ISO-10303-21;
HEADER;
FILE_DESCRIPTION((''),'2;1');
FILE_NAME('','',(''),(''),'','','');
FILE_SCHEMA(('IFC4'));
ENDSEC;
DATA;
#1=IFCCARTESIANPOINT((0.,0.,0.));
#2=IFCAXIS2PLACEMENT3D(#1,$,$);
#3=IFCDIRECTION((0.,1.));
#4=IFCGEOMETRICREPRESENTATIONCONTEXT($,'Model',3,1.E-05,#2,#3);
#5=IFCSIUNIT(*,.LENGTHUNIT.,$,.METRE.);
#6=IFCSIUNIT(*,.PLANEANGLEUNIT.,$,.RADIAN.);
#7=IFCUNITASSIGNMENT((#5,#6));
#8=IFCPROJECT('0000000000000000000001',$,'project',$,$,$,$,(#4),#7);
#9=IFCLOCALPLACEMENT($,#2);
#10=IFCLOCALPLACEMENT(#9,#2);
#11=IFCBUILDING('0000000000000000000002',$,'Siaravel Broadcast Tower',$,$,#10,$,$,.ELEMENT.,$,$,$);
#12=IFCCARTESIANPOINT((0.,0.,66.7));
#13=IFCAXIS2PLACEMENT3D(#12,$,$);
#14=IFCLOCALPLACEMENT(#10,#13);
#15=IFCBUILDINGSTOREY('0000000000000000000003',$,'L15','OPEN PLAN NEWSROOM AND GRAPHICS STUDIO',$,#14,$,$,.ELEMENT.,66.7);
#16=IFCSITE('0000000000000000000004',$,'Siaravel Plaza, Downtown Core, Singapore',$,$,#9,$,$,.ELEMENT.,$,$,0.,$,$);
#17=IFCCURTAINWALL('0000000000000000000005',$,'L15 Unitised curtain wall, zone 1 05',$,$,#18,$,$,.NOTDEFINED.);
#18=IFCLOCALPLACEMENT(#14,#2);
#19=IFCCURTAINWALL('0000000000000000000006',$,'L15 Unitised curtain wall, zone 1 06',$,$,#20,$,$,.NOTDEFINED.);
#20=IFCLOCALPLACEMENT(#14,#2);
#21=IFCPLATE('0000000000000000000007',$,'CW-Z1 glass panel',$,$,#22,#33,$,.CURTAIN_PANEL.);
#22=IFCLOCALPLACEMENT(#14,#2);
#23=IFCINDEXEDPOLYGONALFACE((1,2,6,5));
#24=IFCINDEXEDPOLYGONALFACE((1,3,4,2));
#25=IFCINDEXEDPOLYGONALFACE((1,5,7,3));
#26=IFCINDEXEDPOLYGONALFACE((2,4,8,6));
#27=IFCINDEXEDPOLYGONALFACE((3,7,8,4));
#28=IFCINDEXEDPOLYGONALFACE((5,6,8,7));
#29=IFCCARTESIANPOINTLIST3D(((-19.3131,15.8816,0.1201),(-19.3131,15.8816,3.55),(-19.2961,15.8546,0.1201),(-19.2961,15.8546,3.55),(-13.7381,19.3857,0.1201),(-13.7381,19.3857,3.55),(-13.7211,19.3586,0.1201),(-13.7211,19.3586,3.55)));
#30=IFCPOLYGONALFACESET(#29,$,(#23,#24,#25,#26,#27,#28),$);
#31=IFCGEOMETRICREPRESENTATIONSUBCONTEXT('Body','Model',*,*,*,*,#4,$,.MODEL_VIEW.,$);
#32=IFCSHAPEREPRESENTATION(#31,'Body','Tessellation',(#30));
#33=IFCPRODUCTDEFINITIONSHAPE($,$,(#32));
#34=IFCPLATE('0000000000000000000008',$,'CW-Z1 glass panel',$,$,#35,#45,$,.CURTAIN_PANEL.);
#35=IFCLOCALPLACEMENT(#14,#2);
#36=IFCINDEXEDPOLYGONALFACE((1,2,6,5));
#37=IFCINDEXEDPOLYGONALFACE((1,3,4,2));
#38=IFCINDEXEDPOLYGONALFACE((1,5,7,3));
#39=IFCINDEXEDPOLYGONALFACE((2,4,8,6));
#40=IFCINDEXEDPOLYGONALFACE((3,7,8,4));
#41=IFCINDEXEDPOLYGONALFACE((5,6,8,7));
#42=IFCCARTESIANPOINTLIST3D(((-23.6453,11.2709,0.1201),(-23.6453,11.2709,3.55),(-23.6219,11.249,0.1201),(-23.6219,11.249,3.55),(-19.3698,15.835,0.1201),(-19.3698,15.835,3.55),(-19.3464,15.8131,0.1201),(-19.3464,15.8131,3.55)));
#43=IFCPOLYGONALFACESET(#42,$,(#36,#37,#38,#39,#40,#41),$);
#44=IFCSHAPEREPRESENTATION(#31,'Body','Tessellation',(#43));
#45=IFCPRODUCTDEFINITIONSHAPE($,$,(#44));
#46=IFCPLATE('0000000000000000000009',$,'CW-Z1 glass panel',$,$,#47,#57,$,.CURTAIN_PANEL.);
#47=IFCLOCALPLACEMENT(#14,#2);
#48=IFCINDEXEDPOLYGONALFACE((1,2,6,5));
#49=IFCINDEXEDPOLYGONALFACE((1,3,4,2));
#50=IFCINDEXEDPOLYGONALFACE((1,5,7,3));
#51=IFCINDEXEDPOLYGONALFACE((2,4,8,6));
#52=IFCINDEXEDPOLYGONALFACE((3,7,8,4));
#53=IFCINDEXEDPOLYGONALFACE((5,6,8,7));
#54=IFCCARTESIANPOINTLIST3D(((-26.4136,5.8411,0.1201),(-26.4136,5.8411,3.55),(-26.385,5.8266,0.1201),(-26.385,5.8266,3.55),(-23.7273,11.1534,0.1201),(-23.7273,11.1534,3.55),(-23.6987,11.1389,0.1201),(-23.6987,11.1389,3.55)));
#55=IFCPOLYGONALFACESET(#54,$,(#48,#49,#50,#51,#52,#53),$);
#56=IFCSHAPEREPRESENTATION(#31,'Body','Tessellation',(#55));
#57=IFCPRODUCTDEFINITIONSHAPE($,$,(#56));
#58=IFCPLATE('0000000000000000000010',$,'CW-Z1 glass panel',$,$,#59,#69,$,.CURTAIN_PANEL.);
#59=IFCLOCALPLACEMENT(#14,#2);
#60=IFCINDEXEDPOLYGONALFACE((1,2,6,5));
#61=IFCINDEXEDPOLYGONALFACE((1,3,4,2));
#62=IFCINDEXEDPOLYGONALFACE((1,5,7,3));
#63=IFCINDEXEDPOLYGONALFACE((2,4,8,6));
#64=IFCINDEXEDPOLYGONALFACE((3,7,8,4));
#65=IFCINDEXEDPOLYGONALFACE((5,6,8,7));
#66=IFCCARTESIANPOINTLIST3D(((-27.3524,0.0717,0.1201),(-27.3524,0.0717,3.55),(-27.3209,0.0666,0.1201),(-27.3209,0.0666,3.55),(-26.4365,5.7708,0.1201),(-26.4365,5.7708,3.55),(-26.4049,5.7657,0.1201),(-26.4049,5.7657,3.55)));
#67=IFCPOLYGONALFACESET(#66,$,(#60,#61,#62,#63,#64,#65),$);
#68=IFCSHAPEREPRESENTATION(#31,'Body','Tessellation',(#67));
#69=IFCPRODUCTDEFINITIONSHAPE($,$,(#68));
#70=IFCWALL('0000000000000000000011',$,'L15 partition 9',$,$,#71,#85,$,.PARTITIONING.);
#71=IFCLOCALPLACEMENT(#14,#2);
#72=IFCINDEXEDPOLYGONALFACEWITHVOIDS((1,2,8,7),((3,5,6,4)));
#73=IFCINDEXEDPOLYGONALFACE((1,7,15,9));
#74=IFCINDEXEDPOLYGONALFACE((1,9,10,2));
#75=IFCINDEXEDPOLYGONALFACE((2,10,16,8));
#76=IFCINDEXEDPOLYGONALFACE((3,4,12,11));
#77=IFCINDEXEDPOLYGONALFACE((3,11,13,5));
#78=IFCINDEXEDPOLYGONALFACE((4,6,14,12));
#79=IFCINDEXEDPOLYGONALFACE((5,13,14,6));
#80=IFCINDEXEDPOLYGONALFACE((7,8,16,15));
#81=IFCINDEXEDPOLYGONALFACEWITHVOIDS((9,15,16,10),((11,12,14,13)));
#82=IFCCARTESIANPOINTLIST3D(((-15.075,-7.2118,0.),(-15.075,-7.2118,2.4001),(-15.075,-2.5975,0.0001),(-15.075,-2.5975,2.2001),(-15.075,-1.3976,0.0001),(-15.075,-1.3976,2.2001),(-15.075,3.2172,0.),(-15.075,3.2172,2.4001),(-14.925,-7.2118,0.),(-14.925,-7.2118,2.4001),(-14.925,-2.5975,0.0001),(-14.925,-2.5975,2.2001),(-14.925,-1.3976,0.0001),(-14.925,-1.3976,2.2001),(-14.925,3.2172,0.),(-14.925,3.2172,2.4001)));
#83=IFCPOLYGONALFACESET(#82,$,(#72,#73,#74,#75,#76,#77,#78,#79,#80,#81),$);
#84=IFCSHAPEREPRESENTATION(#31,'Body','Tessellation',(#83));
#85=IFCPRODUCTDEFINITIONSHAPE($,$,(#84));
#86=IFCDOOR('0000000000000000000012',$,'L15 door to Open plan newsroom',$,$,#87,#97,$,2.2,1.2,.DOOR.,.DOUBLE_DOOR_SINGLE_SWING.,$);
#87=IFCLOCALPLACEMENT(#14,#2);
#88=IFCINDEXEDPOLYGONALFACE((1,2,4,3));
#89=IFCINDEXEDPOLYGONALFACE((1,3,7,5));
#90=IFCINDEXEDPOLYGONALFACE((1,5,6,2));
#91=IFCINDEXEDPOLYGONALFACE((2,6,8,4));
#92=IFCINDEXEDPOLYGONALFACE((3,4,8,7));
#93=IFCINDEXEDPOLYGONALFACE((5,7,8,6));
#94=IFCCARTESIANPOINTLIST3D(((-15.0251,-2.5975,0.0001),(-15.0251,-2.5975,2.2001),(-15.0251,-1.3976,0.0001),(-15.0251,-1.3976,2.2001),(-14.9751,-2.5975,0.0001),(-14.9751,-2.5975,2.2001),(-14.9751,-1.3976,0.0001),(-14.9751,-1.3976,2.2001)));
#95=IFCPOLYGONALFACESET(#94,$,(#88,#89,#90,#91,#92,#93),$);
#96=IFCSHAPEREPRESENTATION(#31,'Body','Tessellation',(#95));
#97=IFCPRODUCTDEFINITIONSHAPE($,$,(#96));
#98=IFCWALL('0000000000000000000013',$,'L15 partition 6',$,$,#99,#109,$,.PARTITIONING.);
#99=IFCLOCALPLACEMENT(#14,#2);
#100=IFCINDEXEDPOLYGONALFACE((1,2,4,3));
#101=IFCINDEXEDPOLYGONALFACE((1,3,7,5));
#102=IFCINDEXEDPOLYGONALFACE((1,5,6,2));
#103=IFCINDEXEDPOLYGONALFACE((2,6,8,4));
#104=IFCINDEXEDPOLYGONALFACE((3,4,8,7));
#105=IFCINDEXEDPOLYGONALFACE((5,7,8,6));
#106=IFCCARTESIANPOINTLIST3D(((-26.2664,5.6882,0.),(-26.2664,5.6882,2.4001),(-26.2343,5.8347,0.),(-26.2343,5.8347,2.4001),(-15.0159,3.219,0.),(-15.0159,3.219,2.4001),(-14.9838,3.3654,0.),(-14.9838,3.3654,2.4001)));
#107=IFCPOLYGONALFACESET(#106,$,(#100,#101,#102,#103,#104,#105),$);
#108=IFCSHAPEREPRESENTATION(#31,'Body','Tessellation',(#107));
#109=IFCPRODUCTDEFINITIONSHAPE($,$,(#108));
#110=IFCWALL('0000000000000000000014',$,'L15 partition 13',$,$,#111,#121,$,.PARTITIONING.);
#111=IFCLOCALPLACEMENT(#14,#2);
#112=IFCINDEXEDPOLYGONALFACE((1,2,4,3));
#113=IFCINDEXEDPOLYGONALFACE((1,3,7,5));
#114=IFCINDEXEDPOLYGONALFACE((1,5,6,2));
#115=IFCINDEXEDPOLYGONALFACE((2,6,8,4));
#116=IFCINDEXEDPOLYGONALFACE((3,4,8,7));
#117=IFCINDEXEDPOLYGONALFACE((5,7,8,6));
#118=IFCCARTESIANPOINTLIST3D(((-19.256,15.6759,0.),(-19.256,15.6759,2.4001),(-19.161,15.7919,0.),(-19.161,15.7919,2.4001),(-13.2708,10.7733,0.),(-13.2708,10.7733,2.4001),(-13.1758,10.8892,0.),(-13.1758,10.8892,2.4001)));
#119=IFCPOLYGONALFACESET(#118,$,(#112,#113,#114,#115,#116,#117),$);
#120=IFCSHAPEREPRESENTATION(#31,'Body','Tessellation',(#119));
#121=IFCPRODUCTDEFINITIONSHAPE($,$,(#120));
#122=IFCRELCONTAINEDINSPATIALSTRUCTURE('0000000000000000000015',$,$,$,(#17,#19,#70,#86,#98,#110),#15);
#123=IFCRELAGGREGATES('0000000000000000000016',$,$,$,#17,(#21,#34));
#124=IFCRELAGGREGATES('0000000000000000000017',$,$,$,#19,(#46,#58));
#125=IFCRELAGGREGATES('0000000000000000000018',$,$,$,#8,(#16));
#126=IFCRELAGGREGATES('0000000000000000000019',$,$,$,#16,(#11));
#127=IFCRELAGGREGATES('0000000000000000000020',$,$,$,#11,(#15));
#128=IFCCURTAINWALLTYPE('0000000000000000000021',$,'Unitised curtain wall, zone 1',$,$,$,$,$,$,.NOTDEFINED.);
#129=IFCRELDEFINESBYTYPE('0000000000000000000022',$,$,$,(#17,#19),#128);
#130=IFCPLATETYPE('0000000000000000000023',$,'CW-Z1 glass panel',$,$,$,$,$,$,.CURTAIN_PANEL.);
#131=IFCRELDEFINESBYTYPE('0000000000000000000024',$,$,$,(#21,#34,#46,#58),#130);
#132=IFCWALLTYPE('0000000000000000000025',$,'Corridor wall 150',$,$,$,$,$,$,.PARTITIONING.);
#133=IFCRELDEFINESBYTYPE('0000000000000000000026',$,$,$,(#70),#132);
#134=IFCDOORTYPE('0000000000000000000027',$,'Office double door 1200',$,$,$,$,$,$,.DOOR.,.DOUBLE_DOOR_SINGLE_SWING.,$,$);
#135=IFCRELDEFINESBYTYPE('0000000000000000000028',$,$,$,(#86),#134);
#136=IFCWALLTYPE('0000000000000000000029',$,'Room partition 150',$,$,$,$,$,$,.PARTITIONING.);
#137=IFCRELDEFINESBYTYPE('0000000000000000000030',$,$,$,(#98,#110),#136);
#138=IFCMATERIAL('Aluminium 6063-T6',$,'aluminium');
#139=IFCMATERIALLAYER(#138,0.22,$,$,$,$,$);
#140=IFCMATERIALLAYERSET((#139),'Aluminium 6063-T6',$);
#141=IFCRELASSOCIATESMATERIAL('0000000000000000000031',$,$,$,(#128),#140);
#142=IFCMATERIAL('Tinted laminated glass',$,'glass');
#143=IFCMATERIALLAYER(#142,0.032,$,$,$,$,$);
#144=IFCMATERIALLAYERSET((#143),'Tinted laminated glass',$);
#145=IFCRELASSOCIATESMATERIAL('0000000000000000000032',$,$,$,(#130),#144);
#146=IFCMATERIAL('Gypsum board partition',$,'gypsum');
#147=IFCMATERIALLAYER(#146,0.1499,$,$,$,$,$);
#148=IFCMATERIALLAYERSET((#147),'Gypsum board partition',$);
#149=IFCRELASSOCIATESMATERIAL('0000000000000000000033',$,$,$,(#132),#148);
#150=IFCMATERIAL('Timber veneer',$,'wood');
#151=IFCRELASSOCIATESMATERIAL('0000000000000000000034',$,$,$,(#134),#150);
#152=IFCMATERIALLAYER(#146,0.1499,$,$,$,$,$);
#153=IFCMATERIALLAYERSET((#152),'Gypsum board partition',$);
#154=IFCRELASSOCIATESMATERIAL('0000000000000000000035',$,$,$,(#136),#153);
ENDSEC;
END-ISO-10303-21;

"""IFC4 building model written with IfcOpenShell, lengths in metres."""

from ifc_helpers import new_model, si_unit, direction, frame, frame_2d, origin, origin_2d, place, context, subcontext, project, spatial, rectangle, extrude, material, layer, layer_set, type_object, element, fill, aggregate, save


model = new_model("IFC4")

# Units and contexts
model_context = context("Model", 3, precision=1e-05, world=origin(), true_north=direction((0.0, 1.0)))
body_context = subcontext(model_context, "Body", "Model", "MODEL_VIEW")
ifc_project = project(units=[si_unit("LENGTHUNIT", "METRE"), si_unit("PLANEANGLEUNIT", "RADIAN")], contexts=[model_context])

# Site, building, storey
site_placement = place(None, origin())
site = spatial("IfcSite", under=ifc_project, at=site_placement, Name="Siaravel Plaza, Downtown Core, Singapore", CompositionType="ELEMENT", RefElevation=0.0)
building_placement = place(site_placement, origin())
building = spatial("IfcBuilding", under=site, at=building_placement, Name="Siaravel Broadcast Tower", CompositionType="ELEMENT")
storey_placement = place(building_placement, frame((0.0, 0.0, 66.7)))
storey = spatial("IfcBuildingStorey", under=building, at=storey_placement, Name="L15", Description="OPEN PLAN NEWSROOM AND GRAPHICS STUDIO", CompositionType="ELEMENT", Elevation=66.7)

# Curtain walls
ifc_material_1 = material(Name="Aluminium 6063-T6", Category="aluminium")
ifc_layer_1 = layer(ifc_material_1, 0.22)
ifc_layer_set_1 = layer_set([ifc_layer_1], Name="Aluminium 6063-T6")
curtain_wall_type = type_object("IfcCurtainWallType", Name="Unitised curtain wall, zone 1", PredefinedType="NOTDEFINED", material=ifc_layer_set_1)
curtain_wall_1_placement = place(storey_placement, origin())
curtain_wall_1 = element("IfcCurtainWall", 1, at=curtain_wall_1_placement, inside=storey, type_object=curtain_wall_type, Name="L15 Unitised curtain wall, zone 1 05", PredefinedType="NOTDEFINED")
curtain_wall_2_placement = place(storey_placement, origin())
curtain_wall_2 = element("IfcCurtainWall", 2, at=curtain_wall_2_placement, inside=storey, type_object=curtain_wall_type, Name="L15 Unitised curtain wall, zone 1 06", PredefinedType="NOTDEFINED")

# Plates
ifc_material_2 = material(Name="Tinted laminated glass", Category="glass")
ifc_layer_2 = layer(ifc_material_2, 0.032)
ifc_layer_set_2 = layer_set([ifc_layer_2], Name="Tinted laminated glass")
plate_type = type_object("IfcPlateType", Name="CW-Z1 glass panel", PredefinedType="CURTAIN_PANEL", material=ifc_layer_set_2)
plate_1_placement = place(storey_placement, frame((-16.5171, 17.6201, 0.1201), z_axis=(0.0, 0.0, 1.0), x_axis=(-0.846651, -0.532148, 0.0)))
plate_1 = element("IfcPlate", 3, at=plate_1_placement, type_object=plate_type, Name="CW-Z1 glass panel", PredefinedType="CURTAIN_PANEL", context=body_context, shape_type="SweptSolid", body=[
    extrude(rectangle(XDim=6.5847, YDim=0.032, at=origin_2d()), origin(), (0.0, 0.0, 1.0), 3.4299),
])
plate_2_placement = place(storey_placement, frame((-21.4958, 13.542, 0.1201), z_axis=(0.0, 0.0, 1.0), x_axis=(-0.683657, -0.729804, 0.0)))
plate_2 = element("IfcPlate", 4, at=plate_2_placement, type_object=plate_type, Name="CW-Z1 glass panel", PredefinedType="CURTAIN_PANEL", context=body_context, shape_type="SweptSolid", body=[
    extrude(rectangle(XDim=6.2539, YDim=0.032, at=origin_2d()), origin(), (0.0, 0.0, 1.0), 3.4299),
])
aggregate(curtain_wall_1, [plate_1, plate_2])
plate_3_placement = place(storey_placement, frame((-25.0562, 8.49, 0.1201), z_axis=(0.0, 0.0, 1.0), x_axis=(-0.451262, -0.892391, 0.0)))
plate_3 = element("IfcPlate", 5, at=plate_3_placement, type_object=plate_type, Name="CW-Z1 glass panel", PredefinedType="CURTAIN_PANEL", context=body_context, shape_type="SweptSolid", body=[
    extrude(rectangle(XDim=5.9529, YDim=0.032, at=origin_2d()), origin(), (0.0, 0.0, 1.0), 3.4299),
])
plate_4_placement = place(storey_placement, frame((-26.8787, 2.9187, 0.1201), z_axis=(0.0, 0.0, 1.0), x_axis=(-0.158686, -0.987329, 0.0)))
plate_4 = element("IfcPlate", 6, at=plate_4_placement, type_object=plate_type, Name="CW-Z1 glass panel", PredefinedType="CURTAIN_PANEL", context=body_context, shape_type="SweptSolid", body=[
    extrude(rectangle(XDim=5.7722, YDim=0.032, at=origin_2d()), origin(), (0.0, 0.0, 1.0), 3.4299),
])
aggregate(curtain_wall_2, [plate_3, plate_4])

# Wall, opening, door
ifc_material_3 = material(Name="Gypsum board partition", Category="gypsum")
ifc_layer_3 = layer(ifc_material_3, 0.1499)
ifc_layer_set_3 = layer_set([ifc_layer_3], Name="Gypsum board partition")
wall_type_1 = type_object("IfcWallType", Name="Corridor wall 150", PredefinedType="PARTITIONING", material=ifc_layer_set_3)
wall_1_placement = place(storey_placement, frame((-15.0, 3.217, 0.0), z_axis=(0.0, 0.0, 1.0), x_axis=(0.0, -1.0, 0.0)))
wall_1 = element("IfcWall", 7, at=wall_1_placement, inside=storey, type_object=wall_type_1, Name="L15 partition 9", PredefinedType="PARTITIONING", context=body_context, shape_type="SweptSolid", body=[
    extrude(rectangle(XDim=10.429, YDim=0.1499, at=frame_2d((5.2144, 0.0))), origin(), (0.0, 0.0, 1.0), 2.4001),
])
opening_1_placement = place(wall_1_placement, frame((4.6145, 0.0, 0.0)))
opening_1 = element("IfcOpeningElement", 8, at=opening_1_placement, cuts=wall_1, PredefinedType="OPENING", context=body_context, shape_type="SweptSolid", body=[
    extrude(rectangle(XDim=1.2, YDim=2.2, at=frame_2d((0.6001, 1.1001))), frame((0.0, 0.085, 0.0), z_axis=(0.0, -1.0, 0.0), x_axis=(1.0, 0.0, 0.0)), (0.0, 0.0, 1.0), 0.1699),
])
ifc_material_4 = material(Name="Timber veneer", Category="wood")
door_type_1 = type_object("IfcDoorType", Name="Office double door 1200", OperationType="DOUBLE_DOOR_SINGLE_SWING", PredefinedType="DOOR", material=ifc_material_4)
door_1_placement = place(opening_1_placement, origin())
door_1 = element("IfcDoor", 9, at=door_1_placement, inside=storey, type_object=door_type_1, Name="L15 door to Open plan newsroom", OperationType="DOUBLE_DOOR_SINGLE_SWING", OverallHeight=2.2, OverallWidth=1.2, PredefinedType="DOOR", context=body_context, shape_type="SweptSolid", body=[
    extrude(rectangle(XDim=1.2, YDim=2.2, at=frame_2d((0.6001, 1.1001))), frame((0.0, 0.0249, 0.0), z_axis=(0.0, -1.0, 0.0), x_axis=(1.0, 0.0, 0.0)), (0.0, 0.0, 1.0), 0.05),
])
fill(opening_1, door_1)

# Walls
ifc_layer_4 = layer(ifc_material_3, 0.1499)
ifc_layer_set_4 = layer_set([ifc_layer_4], Name="Gypsum board partition")
wall_type_2 = type_object("IfcWallType", Name="Room partition 150", PredefinedType="PARTITIONING", material=ifc_layer_set_4)
wall_2_placement = place(storey_placement, frame((-26.2505, 5.7615, 0.0), z_axis=(0.0, 0.0, 1.0), x_axis=(0.976751, -0.214376, 0.0)))
element("IfcWall", 10, at=wall_2_placement, inside=storey, type_object=wall_type_2, Name="L15 partition 6", PredefinedType="PARTITIONING", context=body_context, shape_type="SweptSolid", body=[
    extrude(rectangle(XDim=11.5183, YDim=0.1499, at=frame_2d((5.7593, 0.0))), origin(), (0.0, 0.0, 1.0), 2.4001),
])
wall_3_placement = place(storey_placement, frame((-19.2085, 15.7339, 0.0), z_axis=(0.0, 0.0, 1.0), x_axis=(0.773597, -0.633678, 0.0)))
element("IfcWall", 11, at=wall_3_placement, inside=storey, type_object=wall_type_2, Name="L15 partition 13", PredefinedType="PARTITIONING", context=body_context, shape_type="SweptSolid", body=[
    extrude(rectangle(XDim=7.7368, YDim=0.1499, at=frame_2d((3.8684, 0.0))), origin(), (0.0, 0.0, 1.0), 2.4001),
])

save(model, "model.ifc")
